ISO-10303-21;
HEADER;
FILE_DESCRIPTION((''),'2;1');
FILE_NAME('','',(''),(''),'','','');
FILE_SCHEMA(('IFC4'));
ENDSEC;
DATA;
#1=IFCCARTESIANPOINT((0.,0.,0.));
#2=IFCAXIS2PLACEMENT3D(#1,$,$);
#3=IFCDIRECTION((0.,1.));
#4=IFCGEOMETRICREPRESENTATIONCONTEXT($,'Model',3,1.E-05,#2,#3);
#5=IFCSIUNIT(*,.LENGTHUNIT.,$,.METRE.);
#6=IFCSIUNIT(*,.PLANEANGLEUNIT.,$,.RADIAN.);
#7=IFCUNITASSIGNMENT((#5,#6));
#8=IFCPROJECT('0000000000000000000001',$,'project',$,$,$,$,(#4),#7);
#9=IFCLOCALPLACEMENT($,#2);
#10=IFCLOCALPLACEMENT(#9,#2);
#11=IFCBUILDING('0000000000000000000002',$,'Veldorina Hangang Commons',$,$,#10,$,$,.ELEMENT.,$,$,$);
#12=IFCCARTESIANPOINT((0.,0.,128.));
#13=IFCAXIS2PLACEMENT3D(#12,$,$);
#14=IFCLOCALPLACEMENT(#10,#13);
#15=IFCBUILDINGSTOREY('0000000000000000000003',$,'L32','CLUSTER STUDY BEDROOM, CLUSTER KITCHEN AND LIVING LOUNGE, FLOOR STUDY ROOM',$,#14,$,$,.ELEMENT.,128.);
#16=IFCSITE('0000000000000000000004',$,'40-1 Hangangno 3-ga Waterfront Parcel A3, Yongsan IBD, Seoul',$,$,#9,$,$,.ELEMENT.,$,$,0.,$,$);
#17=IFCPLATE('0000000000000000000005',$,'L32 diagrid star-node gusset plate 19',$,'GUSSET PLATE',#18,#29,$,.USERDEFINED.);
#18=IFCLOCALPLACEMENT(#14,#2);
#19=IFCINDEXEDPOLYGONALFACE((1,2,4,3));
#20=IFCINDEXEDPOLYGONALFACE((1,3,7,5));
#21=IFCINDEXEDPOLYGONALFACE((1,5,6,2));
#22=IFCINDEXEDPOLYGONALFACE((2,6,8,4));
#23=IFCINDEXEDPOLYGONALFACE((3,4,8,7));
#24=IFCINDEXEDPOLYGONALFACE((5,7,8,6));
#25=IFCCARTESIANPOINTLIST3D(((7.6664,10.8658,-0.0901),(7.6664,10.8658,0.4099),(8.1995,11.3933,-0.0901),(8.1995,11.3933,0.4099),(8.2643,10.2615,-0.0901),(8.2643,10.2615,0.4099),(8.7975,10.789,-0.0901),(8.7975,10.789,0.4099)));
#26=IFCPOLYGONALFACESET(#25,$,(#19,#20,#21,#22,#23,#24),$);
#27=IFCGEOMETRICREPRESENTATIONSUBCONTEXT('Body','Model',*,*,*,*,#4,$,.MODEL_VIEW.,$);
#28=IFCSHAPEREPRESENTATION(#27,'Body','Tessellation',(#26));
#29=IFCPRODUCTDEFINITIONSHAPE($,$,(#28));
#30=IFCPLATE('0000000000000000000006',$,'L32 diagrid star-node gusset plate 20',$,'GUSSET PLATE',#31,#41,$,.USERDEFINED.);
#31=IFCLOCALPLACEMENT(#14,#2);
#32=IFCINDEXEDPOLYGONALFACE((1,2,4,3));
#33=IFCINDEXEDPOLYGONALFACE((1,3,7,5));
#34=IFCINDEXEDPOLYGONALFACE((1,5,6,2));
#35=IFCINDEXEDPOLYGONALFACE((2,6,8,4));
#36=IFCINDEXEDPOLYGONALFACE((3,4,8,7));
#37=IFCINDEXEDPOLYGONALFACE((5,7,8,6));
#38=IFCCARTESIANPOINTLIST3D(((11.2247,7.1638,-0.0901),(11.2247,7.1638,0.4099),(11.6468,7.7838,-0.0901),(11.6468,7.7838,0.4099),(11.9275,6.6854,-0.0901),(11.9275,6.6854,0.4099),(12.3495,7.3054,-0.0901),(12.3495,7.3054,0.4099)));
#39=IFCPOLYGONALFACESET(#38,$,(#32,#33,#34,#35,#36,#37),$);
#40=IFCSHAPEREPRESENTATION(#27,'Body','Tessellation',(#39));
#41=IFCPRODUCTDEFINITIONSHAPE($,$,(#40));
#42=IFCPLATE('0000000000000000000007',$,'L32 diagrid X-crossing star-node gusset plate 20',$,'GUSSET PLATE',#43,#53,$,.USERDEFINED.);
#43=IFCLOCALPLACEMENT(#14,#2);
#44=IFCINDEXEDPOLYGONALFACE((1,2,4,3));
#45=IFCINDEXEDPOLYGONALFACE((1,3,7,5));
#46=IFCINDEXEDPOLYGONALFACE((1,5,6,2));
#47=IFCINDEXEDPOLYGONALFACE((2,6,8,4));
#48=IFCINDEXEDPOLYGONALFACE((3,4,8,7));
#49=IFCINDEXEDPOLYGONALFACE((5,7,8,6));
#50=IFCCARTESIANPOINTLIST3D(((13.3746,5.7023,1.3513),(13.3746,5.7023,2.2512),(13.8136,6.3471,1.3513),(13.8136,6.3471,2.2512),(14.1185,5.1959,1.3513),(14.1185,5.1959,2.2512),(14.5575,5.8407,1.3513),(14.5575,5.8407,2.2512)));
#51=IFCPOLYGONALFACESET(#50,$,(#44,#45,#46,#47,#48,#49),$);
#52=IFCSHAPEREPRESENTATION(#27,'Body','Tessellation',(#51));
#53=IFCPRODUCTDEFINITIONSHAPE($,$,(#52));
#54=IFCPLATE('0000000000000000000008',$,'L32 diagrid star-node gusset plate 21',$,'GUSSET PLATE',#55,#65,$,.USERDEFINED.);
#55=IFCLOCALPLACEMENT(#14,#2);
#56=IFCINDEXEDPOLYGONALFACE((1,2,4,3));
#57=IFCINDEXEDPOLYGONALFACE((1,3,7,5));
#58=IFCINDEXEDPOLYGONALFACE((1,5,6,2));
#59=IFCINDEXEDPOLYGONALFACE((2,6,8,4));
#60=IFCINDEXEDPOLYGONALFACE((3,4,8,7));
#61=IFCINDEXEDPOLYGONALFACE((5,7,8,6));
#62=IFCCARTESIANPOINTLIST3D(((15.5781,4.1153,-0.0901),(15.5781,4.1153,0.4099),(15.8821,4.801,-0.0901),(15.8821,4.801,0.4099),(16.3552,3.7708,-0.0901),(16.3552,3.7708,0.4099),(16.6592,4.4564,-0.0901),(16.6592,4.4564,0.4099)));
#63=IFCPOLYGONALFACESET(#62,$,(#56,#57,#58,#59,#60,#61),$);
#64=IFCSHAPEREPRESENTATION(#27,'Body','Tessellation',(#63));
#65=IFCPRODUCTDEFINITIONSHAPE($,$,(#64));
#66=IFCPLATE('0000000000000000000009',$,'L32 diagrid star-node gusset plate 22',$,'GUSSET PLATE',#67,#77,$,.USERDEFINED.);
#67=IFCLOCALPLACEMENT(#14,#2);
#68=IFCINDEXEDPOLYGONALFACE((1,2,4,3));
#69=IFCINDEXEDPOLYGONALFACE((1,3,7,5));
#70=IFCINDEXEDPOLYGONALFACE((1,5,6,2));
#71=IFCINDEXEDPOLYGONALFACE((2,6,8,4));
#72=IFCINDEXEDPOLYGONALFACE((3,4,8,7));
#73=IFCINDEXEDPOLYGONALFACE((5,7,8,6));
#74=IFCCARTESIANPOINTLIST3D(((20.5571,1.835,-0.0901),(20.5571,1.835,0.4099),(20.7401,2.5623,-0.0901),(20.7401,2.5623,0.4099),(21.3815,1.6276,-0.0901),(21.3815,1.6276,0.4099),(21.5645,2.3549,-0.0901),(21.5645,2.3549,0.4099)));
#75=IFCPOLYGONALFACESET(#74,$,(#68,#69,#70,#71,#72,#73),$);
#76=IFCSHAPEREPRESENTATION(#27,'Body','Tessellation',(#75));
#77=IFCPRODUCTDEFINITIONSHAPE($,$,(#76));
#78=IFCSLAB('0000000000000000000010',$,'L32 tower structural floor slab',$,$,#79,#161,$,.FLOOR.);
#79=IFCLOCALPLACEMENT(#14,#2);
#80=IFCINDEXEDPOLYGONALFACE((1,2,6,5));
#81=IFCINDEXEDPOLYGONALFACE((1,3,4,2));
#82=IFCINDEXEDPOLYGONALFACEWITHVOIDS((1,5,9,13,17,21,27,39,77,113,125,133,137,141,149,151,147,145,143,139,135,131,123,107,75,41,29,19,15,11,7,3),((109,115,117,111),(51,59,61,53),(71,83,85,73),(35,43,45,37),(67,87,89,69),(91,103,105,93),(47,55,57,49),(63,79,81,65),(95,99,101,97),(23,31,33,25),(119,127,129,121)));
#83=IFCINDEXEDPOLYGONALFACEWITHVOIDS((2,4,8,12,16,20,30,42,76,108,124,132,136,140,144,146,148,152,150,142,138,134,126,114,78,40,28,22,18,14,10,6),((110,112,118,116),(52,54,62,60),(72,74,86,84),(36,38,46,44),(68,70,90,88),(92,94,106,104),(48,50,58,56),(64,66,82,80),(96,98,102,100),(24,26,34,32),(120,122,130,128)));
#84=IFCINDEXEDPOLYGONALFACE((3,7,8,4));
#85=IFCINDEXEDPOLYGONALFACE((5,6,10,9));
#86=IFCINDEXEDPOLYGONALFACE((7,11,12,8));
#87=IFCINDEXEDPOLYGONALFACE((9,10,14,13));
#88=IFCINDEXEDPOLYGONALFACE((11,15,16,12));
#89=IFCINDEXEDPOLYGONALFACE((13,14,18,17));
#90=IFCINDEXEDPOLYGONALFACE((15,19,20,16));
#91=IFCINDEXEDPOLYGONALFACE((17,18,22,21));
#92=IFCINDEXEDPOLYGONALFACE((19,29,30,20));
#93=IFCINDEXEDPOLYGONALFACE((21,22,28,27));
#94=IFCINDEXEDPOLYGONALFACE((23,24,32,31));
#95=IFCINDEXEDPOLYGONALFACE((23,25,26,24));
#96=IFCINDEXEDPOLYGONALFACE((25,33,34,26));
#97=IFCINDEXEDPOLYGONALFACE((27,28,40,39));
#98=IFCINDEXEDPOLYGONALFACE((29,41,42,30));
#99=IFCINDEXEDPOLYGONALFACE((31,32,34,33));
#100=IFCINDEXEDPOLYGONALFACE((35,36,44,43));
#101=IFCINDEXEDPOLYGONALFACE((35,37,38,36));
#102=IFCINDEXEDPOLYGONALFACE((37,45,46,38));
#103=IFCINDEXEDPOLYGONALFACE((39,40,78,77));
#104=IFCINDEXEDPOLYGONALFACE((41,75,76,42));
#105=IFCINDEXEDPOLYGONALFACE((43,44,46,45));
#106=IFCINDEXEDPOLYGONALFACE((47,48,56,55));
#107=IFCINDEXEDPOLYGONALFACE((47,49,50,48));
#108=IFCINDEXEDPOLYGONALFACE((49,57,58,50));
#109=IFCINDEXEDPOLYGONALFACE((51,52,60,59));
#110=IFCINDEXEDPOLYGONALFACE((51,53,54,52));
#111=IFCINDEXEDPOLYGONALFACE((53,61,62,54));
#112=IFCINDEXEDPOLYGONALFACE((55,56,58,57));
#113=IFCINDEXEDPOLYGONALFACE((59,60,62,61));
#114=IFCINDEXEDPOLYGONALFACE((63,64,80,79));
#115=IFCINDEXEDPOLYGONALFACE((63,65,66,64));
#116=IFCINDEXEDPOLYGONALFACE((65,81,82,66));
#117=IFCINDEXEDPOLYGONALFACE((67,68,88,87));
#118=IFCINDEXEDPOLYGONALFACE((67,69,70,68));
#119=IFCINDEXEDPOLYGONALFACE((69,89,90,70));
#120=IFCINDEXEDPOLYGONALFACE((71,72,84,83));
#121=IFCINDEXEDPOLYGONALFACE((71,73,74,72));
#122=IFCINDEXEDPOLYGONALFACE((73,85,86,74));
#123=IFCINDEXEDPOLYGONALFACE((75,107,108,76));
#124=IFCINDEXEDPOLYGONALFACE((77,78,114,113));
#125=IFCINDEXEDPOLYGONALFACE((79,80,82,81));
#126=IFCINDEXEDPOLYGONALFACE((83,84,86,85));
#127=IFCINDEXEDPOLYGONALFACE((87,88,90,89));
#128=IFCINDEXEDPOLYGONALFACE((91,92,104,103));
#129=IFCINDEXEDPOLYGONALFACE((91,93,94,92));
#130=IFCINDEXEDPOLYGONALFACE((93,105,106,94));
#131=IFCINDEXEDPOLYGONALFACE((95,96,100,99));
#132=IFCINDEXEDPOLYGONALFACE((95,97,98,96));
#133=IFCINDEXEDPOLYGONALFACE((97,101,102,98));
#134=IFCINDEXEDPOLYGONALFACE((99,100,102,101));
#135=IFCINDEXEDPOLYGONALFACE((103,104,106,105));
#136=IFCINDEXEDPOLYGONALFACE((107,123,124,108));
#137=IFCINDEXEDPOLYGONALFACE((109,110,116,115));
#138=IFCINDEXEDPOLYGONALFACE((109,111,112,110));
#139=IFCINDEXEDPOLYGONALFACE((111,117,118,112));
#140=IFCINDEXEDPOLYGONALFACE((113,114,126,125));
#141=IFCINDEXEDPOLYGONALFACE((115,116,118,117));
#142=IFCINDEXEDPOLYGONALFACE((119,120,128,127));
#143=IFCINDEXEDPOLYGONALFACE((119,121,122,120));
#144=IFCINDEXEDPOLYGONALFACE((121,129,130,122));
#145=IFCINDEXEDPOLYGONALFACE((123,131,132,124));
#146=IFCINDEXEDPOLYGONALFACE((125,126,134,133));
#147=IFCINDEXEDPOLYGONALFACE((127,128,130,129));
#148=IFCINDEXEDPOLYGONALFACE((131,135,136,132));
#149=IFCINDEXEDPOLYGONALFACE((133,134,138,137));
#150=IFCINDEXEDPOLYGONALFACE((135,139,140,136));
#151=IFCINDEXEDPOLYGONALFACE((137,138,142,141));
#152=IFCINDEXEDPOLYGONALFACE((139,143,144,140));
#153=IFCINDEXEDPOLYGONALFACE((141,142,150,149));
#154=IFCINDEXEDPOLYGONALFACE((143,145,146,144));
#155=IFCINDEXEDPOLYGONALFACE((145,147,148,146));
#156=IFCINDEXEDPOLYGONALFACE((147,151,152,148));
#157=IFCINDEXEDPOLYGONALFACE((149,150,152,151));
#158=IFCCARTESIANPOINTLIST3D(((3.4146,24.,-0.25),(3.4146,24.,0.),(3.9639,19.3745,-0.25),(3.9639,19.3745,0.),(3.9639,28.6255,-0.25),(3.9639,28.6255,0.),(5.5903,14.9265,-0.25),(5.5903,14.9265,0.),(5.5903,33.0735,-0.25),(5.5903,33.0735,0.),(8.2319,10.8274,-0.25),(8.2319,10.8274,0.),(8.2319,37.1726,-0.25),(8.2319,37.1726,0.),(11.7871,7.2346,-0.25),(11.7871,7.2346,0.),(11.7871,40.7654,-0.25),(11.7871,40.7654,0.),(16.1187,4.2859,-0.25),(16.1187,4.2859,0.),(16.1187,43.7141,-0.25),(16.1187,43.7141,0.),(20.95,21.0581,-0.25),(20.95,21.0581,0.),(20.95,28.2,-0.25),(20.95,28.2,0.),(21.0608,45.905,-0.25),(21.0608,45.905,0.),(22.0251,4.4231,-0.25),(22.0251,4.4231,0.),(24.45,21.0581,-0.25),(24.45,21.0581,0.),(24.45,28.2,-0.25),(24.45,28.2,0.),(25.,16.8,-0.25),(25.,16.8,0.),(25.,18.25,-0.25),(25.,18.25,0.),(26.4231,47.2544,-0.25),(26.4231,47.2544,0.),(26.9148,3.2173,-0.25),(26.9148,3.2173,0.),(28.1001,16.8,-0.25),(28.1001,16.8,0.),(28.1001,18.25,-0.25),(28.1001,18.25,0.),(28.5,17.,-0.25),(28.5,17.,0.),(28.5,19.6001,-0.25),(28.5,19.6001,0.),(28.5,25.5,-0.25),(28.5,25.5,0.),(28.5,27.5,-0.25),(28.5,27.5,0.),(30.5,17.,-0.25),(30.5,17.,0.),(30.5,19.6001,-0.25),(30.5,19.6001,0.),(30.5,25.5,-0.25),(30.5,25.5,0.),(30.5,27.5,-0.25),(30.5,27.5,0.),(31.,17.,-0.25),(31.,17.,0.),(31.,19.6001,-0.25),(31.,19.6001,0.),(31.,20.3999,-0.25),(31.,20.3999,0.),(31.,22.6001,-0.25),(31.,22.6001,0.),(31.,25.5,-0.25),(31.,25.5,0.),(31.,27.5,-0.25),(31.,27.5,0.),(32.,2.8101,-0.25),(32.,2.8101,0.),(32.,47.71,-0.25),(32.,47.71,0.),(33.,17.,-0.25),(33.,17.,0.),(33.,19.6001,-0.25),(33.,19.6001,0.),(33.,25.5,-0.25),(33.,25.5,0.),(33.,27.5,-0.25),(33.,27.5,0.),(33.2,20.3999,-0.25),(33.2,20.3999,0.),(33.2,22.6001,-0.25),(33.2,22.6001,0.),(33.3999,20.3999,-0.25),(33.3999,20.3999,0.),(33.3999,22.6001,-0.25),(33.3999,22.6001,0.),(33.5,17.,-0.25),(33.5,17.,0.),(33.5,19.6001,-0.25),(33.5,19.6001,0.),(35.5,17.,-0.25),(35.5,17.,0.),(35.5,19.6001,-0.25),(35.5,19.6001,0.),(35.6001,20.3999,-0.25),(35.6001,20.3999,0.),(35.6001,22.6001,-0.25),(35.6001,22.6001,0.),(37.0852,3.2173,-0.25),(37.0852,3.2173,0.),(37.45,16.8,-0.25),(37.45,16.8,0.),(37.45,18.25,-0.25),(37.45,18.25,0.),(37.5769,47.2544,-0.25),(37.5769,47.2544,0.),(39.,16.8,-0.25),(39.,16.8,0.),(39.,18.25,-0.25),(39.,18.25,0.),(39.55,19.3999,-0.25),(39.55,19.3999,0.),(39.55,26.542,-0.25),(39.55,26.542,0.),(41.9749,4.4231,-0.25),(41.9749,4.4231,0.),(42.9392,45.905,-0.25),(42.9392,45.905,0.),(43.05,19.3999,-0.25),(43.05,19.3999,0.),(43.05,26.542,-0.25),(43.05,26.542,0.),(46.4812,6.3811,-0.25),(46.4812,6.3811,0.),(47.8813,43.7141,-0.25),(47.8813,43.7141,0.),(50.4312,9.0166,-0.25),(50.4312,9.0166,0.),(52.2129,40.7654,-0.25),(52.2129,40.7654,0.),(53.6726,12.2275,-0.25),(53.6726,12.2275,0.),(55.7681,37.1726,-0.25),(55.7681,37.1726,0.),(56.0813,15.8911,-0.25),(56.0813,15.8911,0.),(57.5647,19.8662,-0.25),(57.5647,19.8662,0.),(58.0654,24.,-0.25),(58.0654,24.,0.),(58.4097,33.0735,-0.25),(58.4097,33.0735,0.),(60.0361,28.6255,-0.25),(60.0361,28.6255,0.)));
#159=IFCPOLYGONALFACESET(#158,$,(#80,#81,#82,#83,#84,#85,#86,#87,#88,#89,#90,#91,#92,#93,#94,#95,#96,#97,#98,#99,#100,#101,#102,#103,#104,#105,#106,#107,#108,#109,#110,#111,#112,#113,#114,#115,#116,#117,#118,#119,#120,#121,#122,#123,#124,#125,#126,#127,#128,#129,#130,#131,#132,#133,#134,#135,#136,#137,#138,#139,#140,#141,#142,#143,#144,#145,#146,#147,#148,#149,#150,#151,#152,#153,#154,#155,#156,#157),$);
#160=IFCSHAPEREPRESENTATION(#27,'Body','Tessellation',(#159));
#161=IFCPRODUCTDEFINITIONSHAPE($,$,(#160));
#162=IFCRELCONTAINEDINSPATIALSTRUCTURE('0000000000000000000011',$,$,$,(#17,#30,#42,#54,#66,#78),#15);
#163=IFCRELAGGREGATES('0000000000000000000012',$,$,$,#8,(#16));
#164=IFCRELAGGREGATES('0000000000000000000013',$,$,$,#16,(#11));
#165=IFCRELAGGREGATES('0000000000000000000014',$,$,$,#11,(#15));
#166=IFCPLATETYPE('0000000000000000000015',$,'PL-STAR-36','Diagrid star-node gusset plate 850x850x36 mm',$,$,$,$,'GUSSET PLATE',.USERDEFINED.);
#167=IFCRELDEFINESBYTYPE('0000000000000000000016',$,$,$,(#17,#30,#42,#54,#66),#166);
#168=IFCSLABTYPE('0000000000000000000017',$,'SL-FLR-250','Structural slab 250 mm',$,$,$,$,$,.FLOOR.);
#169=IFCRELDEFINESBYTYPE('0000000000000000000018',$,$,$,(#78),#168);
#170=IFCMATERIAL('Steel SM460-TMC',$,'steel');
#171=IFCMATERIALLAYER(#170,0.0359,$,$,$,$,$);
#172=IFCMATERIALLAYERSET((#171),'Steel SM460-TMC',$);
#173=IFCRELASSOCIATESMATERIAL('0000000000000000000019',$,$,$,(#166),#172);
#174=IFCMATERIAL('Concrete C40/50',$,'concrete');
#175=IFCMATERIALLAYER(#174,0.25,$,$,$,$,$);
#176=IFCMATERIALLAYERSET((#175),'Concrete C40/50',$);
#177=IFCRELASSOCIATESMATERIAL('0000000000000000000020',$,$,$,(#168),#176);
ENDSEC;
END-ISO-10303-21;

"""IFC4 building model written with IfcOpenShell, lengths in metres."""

from ifc_helpers import new_model, si_unit, direction, frame, origin, origin_2d, place, context, subcontext, project, spatial, polyline, rectangle, outline, extrude, material, layer, layer_set, type_object, element, save


model = new_model("IFC4")

# Units and contexts
model_context = context("Model", 3, precision=1e-05, world=origin(), true_north=direction((0.0, 1.0)))
body_context = subcontext(model_context, "Body", "Model", "MODEL_VIEW")
ifc_project = project(units=[si_unit("LENGTHUNIT", "METRE"), si_unit("PLANEANGLEUNIT", "RADIAN")], contexts=[model_context])

# Site, building, storey
site_placement = place(None, origin())
site = spatial("IfcSite", under=ifc_project, at=site_placement, Name="40-1 Hangangno 3-ga Waterfront Parcel A3, Yongsan IBD, Seoul", CompositionType="ELEMENT", RefElevation=0.0)
building_placement = place(site_placement, origin())
building = spatial("IfcBuilding", under=site, at=building_placement, Name="Veldorina Hangang Commons", CompositionType="ELEMENT")
storey_placement = place(building_placement, frame((0.0, 0.0, 128.0)))
storey = spatial("IfcBuildingStorey", under=building, at=storey_placement, Name="L32", Description="CLUSTER STUDY BEDROOM, CLUSTER KITCHEN AND LIVING LOUNGE, FLOOR STUDY ROOM", CompositionType="ELEMENT", Elevation=128.0)

# Plates
ifc_material_1 = material(Name="Steel SM460-TMC", Category="steel")
ifc_layer_1 = layer(ifc_material_1, 0.0359)
ifc_layer_set_1 = layer_set([ifc_layer_1], Name="Steel SM460-TMC")
plate_type = type_object("IfcPlateType", Name="PL-STAR-36", Description="Diagrid star-node gusset plate 850x850x36 mm", ElementType="GUSSET PLATE", PredefinedType="USERDEFINED", material=ifc_layer_set_1)
for number, where, z_axis, x_axis, name in (
    (1, (8.2319, 10.8274, -0.0901), (0.0, 0.0, 1.0), (0.703345, -0.710849, 0.0), "L32 diagrid star-node gusset plate 19"),
    (2, (11.7871, 7.2346, -0.0901), (0.0, 0.0, 1.0), (0.826649, -0.562718, 0.0), "L32 diagrid star-node gusset plate 20"),
):
    element("IfcPlate", number, at=place(storey_placement, frame(where, z_axis=z_axis, x_axis=x_axis)), inside=storey, type_object=plate_type, Name=name, ObjectType="GUSSET PLATE", PredefinedType="USERDEFINED", context=body_context, shape_type="SweptSolid", body=[
        extrude(rectangle(XDim=0.8501, YDim=0.75, at=origin_2d()), origin(), (0.0, 0.0, 1.0), 0.5),
    ])
plate_placement = place(storey_placement, frame((13.9661, 5.7715, 1.3513), z_axis=(0.0, 0.0, 1.0), x_axis=(0.826649, -0.562718, 0.0)))
element("IfcPlate", 3, at=plate_placement, inside=storey, type_object=plate_type, Name="L32 diagrid X-crossing star-node gusset plate 20", ObjectType="GUSSET PLATE", PredefinedType="USERDEFINED", context=body_context, shape_type="SweptSolid", body=[
    extrude(rectangle(XDim=0.8999, YDim=0.78, at=origin_2d()), origin(), (0.0, 0.0, 1.0), 0.8999),
])
for number, where, z_axis, x_axis, name in (
    (4, (16.1187, 4.2859, -0.0901), (0.0, 0.0, 1.0), (0.91419, -0.405285, 0.0), "L32 diagrid star-node gusset plate 21"),
    (5, (21.0608, 2.095, -0.0901), (0.0, 0.0, 1.0), (0.969774, -0.244004, 0.0), "L32 diagrid star-node gusset plate 22"),
):
    element("IfcPlate", number, at=place(storey_placement, frame(where, z_axis=z_axis, x_axis=x_axis)), inside=storey, type_object=plate_type, Name=name, ObjectType="GUSSET PLATE", PredefinedType="USERDEFINED", context=body_context, shape_type="SweptSolid", body=[
        extrude(rectangle(XDim=0.8501, YDim=0.75, at=origin_2d()), origin(), (0.0, 0.0, 1.0), 0.5),
    ])

# Slab
ifc_material_2 = material(Name="Concrete C40/50", Category="concrete")
ifc_layer_2 = layer(ifc_material_2, 0.25)
ifc_layer_set_2 = layer_set([ifc_layer_2], Name="Concrete C40/50")
slab_type_1 = type_object("IfcSlabType", Name="SL-FLR-250", Description="Structural slab 250 mm", PredefinedType="FLOOR", material=ifc_layer_set_2)
slab_1_placement = place(storey_placement, frame((0.0, 0.0, -0.25)))
element("IfcSlab", 6, at=slab_1_placement, inside=storey, type_object=slab_type_1, Name="L32 tower structural floor slab", PredefinedType="FLOOR", context=body_context, shape_type="SweptSolid", body=[
    extrude(outline(polyline([(58.0654, 24.0), (60.0361, 28.6255), (58.4097, 33.0735), (55.7681, 37.1726), (52.2129, 40.7654), (47.8813, 43.7141), (42.9392, 45.905), (37.5769, 47.2544), (32.0, 47.71), (26.4231, 47.2544), (21.0608, 45.905), (16.1187, 43.7141), (11.7871, 40.7654), (8.2319, 37.1726), (5.5903, 33.0735), (3.9639, 28.6255), (3.4146, 24.0), (3.9639, 19.3745), (5.5903, 14.9265), (8.2319, 10.8274), (11.7871, 7.2346), (16.1187, 4.2859), (22.0251, 4.4231), (26.9148, 3.2173), (32.0, 2.8101), (37.0852, 3.2173), (41.9749, 4.4231), (46.4812, 6.3811), (50.4312, 9.0166), (53.6726, 12.2275), (56.0813, 15.8911), (57.5647, 19.8662), (58.0654, 24.0)]), holes=[polyline([(20.95, 21.0581), (20.95, 28.2), (24.45, 28.2), (24.45, 21.0581), (20.95, 21.0581)]), polyline([(43.05, 26.542), (43.05, 19.3999), (39.55, 19.3999), (39.55, 26.542), (43.05, 26.542)]), polyline([(28.5, 27.5), (30.5, 27.5), (30.5, 25.5), (28.5, 25.5), (28.5, 27.5)]), polyline([(31.0, 27.5), (33.0, 27.5), (33.0, 25.5), (31.0, 25.5), (31.0, 27.5)]), polyline([(31.0, 22.6001), (33.2, 22.6001), (33.2, 20.3999), (31.0, 20.3999), (31.0, 22.6001)]), polyline([(33.3999, 22.6001), (35.6001, 22.6001), (35.6001, 20.3999), (33.3999, 20.3999), (33.3999, 22.6001)]), polyline([(28.5, 19.6001), (30.5, 19.6001), (30.5, 17.0), (28.5, 17.0), (28.5, 19.6001)]), polyline([(31.0, 19.6001), (33.0, 19.6001), (33.0, 17.0), (31.0, 17.0), (31.0, 19.6001)]), polyline([(33.5, 19.6001), (35.5, 19.6001), (35.5, 17.0), (33.5, 17.0), (33.5, 19.6001)]), polyline([(25.0, 18.25), (28.1001, 18.25), (28.1001, 16.8), (25.0, 16.8), (25.0, 18.25)]), polyline([(37.45, 18.25), (39.0, 18.25), (39.0, 16.8), (37.45, 16.8), (37.45, 18.25)])]), origin(), (0.0, 0.0, 1.0), 0.25),
])

save(model, "model.ifc")
